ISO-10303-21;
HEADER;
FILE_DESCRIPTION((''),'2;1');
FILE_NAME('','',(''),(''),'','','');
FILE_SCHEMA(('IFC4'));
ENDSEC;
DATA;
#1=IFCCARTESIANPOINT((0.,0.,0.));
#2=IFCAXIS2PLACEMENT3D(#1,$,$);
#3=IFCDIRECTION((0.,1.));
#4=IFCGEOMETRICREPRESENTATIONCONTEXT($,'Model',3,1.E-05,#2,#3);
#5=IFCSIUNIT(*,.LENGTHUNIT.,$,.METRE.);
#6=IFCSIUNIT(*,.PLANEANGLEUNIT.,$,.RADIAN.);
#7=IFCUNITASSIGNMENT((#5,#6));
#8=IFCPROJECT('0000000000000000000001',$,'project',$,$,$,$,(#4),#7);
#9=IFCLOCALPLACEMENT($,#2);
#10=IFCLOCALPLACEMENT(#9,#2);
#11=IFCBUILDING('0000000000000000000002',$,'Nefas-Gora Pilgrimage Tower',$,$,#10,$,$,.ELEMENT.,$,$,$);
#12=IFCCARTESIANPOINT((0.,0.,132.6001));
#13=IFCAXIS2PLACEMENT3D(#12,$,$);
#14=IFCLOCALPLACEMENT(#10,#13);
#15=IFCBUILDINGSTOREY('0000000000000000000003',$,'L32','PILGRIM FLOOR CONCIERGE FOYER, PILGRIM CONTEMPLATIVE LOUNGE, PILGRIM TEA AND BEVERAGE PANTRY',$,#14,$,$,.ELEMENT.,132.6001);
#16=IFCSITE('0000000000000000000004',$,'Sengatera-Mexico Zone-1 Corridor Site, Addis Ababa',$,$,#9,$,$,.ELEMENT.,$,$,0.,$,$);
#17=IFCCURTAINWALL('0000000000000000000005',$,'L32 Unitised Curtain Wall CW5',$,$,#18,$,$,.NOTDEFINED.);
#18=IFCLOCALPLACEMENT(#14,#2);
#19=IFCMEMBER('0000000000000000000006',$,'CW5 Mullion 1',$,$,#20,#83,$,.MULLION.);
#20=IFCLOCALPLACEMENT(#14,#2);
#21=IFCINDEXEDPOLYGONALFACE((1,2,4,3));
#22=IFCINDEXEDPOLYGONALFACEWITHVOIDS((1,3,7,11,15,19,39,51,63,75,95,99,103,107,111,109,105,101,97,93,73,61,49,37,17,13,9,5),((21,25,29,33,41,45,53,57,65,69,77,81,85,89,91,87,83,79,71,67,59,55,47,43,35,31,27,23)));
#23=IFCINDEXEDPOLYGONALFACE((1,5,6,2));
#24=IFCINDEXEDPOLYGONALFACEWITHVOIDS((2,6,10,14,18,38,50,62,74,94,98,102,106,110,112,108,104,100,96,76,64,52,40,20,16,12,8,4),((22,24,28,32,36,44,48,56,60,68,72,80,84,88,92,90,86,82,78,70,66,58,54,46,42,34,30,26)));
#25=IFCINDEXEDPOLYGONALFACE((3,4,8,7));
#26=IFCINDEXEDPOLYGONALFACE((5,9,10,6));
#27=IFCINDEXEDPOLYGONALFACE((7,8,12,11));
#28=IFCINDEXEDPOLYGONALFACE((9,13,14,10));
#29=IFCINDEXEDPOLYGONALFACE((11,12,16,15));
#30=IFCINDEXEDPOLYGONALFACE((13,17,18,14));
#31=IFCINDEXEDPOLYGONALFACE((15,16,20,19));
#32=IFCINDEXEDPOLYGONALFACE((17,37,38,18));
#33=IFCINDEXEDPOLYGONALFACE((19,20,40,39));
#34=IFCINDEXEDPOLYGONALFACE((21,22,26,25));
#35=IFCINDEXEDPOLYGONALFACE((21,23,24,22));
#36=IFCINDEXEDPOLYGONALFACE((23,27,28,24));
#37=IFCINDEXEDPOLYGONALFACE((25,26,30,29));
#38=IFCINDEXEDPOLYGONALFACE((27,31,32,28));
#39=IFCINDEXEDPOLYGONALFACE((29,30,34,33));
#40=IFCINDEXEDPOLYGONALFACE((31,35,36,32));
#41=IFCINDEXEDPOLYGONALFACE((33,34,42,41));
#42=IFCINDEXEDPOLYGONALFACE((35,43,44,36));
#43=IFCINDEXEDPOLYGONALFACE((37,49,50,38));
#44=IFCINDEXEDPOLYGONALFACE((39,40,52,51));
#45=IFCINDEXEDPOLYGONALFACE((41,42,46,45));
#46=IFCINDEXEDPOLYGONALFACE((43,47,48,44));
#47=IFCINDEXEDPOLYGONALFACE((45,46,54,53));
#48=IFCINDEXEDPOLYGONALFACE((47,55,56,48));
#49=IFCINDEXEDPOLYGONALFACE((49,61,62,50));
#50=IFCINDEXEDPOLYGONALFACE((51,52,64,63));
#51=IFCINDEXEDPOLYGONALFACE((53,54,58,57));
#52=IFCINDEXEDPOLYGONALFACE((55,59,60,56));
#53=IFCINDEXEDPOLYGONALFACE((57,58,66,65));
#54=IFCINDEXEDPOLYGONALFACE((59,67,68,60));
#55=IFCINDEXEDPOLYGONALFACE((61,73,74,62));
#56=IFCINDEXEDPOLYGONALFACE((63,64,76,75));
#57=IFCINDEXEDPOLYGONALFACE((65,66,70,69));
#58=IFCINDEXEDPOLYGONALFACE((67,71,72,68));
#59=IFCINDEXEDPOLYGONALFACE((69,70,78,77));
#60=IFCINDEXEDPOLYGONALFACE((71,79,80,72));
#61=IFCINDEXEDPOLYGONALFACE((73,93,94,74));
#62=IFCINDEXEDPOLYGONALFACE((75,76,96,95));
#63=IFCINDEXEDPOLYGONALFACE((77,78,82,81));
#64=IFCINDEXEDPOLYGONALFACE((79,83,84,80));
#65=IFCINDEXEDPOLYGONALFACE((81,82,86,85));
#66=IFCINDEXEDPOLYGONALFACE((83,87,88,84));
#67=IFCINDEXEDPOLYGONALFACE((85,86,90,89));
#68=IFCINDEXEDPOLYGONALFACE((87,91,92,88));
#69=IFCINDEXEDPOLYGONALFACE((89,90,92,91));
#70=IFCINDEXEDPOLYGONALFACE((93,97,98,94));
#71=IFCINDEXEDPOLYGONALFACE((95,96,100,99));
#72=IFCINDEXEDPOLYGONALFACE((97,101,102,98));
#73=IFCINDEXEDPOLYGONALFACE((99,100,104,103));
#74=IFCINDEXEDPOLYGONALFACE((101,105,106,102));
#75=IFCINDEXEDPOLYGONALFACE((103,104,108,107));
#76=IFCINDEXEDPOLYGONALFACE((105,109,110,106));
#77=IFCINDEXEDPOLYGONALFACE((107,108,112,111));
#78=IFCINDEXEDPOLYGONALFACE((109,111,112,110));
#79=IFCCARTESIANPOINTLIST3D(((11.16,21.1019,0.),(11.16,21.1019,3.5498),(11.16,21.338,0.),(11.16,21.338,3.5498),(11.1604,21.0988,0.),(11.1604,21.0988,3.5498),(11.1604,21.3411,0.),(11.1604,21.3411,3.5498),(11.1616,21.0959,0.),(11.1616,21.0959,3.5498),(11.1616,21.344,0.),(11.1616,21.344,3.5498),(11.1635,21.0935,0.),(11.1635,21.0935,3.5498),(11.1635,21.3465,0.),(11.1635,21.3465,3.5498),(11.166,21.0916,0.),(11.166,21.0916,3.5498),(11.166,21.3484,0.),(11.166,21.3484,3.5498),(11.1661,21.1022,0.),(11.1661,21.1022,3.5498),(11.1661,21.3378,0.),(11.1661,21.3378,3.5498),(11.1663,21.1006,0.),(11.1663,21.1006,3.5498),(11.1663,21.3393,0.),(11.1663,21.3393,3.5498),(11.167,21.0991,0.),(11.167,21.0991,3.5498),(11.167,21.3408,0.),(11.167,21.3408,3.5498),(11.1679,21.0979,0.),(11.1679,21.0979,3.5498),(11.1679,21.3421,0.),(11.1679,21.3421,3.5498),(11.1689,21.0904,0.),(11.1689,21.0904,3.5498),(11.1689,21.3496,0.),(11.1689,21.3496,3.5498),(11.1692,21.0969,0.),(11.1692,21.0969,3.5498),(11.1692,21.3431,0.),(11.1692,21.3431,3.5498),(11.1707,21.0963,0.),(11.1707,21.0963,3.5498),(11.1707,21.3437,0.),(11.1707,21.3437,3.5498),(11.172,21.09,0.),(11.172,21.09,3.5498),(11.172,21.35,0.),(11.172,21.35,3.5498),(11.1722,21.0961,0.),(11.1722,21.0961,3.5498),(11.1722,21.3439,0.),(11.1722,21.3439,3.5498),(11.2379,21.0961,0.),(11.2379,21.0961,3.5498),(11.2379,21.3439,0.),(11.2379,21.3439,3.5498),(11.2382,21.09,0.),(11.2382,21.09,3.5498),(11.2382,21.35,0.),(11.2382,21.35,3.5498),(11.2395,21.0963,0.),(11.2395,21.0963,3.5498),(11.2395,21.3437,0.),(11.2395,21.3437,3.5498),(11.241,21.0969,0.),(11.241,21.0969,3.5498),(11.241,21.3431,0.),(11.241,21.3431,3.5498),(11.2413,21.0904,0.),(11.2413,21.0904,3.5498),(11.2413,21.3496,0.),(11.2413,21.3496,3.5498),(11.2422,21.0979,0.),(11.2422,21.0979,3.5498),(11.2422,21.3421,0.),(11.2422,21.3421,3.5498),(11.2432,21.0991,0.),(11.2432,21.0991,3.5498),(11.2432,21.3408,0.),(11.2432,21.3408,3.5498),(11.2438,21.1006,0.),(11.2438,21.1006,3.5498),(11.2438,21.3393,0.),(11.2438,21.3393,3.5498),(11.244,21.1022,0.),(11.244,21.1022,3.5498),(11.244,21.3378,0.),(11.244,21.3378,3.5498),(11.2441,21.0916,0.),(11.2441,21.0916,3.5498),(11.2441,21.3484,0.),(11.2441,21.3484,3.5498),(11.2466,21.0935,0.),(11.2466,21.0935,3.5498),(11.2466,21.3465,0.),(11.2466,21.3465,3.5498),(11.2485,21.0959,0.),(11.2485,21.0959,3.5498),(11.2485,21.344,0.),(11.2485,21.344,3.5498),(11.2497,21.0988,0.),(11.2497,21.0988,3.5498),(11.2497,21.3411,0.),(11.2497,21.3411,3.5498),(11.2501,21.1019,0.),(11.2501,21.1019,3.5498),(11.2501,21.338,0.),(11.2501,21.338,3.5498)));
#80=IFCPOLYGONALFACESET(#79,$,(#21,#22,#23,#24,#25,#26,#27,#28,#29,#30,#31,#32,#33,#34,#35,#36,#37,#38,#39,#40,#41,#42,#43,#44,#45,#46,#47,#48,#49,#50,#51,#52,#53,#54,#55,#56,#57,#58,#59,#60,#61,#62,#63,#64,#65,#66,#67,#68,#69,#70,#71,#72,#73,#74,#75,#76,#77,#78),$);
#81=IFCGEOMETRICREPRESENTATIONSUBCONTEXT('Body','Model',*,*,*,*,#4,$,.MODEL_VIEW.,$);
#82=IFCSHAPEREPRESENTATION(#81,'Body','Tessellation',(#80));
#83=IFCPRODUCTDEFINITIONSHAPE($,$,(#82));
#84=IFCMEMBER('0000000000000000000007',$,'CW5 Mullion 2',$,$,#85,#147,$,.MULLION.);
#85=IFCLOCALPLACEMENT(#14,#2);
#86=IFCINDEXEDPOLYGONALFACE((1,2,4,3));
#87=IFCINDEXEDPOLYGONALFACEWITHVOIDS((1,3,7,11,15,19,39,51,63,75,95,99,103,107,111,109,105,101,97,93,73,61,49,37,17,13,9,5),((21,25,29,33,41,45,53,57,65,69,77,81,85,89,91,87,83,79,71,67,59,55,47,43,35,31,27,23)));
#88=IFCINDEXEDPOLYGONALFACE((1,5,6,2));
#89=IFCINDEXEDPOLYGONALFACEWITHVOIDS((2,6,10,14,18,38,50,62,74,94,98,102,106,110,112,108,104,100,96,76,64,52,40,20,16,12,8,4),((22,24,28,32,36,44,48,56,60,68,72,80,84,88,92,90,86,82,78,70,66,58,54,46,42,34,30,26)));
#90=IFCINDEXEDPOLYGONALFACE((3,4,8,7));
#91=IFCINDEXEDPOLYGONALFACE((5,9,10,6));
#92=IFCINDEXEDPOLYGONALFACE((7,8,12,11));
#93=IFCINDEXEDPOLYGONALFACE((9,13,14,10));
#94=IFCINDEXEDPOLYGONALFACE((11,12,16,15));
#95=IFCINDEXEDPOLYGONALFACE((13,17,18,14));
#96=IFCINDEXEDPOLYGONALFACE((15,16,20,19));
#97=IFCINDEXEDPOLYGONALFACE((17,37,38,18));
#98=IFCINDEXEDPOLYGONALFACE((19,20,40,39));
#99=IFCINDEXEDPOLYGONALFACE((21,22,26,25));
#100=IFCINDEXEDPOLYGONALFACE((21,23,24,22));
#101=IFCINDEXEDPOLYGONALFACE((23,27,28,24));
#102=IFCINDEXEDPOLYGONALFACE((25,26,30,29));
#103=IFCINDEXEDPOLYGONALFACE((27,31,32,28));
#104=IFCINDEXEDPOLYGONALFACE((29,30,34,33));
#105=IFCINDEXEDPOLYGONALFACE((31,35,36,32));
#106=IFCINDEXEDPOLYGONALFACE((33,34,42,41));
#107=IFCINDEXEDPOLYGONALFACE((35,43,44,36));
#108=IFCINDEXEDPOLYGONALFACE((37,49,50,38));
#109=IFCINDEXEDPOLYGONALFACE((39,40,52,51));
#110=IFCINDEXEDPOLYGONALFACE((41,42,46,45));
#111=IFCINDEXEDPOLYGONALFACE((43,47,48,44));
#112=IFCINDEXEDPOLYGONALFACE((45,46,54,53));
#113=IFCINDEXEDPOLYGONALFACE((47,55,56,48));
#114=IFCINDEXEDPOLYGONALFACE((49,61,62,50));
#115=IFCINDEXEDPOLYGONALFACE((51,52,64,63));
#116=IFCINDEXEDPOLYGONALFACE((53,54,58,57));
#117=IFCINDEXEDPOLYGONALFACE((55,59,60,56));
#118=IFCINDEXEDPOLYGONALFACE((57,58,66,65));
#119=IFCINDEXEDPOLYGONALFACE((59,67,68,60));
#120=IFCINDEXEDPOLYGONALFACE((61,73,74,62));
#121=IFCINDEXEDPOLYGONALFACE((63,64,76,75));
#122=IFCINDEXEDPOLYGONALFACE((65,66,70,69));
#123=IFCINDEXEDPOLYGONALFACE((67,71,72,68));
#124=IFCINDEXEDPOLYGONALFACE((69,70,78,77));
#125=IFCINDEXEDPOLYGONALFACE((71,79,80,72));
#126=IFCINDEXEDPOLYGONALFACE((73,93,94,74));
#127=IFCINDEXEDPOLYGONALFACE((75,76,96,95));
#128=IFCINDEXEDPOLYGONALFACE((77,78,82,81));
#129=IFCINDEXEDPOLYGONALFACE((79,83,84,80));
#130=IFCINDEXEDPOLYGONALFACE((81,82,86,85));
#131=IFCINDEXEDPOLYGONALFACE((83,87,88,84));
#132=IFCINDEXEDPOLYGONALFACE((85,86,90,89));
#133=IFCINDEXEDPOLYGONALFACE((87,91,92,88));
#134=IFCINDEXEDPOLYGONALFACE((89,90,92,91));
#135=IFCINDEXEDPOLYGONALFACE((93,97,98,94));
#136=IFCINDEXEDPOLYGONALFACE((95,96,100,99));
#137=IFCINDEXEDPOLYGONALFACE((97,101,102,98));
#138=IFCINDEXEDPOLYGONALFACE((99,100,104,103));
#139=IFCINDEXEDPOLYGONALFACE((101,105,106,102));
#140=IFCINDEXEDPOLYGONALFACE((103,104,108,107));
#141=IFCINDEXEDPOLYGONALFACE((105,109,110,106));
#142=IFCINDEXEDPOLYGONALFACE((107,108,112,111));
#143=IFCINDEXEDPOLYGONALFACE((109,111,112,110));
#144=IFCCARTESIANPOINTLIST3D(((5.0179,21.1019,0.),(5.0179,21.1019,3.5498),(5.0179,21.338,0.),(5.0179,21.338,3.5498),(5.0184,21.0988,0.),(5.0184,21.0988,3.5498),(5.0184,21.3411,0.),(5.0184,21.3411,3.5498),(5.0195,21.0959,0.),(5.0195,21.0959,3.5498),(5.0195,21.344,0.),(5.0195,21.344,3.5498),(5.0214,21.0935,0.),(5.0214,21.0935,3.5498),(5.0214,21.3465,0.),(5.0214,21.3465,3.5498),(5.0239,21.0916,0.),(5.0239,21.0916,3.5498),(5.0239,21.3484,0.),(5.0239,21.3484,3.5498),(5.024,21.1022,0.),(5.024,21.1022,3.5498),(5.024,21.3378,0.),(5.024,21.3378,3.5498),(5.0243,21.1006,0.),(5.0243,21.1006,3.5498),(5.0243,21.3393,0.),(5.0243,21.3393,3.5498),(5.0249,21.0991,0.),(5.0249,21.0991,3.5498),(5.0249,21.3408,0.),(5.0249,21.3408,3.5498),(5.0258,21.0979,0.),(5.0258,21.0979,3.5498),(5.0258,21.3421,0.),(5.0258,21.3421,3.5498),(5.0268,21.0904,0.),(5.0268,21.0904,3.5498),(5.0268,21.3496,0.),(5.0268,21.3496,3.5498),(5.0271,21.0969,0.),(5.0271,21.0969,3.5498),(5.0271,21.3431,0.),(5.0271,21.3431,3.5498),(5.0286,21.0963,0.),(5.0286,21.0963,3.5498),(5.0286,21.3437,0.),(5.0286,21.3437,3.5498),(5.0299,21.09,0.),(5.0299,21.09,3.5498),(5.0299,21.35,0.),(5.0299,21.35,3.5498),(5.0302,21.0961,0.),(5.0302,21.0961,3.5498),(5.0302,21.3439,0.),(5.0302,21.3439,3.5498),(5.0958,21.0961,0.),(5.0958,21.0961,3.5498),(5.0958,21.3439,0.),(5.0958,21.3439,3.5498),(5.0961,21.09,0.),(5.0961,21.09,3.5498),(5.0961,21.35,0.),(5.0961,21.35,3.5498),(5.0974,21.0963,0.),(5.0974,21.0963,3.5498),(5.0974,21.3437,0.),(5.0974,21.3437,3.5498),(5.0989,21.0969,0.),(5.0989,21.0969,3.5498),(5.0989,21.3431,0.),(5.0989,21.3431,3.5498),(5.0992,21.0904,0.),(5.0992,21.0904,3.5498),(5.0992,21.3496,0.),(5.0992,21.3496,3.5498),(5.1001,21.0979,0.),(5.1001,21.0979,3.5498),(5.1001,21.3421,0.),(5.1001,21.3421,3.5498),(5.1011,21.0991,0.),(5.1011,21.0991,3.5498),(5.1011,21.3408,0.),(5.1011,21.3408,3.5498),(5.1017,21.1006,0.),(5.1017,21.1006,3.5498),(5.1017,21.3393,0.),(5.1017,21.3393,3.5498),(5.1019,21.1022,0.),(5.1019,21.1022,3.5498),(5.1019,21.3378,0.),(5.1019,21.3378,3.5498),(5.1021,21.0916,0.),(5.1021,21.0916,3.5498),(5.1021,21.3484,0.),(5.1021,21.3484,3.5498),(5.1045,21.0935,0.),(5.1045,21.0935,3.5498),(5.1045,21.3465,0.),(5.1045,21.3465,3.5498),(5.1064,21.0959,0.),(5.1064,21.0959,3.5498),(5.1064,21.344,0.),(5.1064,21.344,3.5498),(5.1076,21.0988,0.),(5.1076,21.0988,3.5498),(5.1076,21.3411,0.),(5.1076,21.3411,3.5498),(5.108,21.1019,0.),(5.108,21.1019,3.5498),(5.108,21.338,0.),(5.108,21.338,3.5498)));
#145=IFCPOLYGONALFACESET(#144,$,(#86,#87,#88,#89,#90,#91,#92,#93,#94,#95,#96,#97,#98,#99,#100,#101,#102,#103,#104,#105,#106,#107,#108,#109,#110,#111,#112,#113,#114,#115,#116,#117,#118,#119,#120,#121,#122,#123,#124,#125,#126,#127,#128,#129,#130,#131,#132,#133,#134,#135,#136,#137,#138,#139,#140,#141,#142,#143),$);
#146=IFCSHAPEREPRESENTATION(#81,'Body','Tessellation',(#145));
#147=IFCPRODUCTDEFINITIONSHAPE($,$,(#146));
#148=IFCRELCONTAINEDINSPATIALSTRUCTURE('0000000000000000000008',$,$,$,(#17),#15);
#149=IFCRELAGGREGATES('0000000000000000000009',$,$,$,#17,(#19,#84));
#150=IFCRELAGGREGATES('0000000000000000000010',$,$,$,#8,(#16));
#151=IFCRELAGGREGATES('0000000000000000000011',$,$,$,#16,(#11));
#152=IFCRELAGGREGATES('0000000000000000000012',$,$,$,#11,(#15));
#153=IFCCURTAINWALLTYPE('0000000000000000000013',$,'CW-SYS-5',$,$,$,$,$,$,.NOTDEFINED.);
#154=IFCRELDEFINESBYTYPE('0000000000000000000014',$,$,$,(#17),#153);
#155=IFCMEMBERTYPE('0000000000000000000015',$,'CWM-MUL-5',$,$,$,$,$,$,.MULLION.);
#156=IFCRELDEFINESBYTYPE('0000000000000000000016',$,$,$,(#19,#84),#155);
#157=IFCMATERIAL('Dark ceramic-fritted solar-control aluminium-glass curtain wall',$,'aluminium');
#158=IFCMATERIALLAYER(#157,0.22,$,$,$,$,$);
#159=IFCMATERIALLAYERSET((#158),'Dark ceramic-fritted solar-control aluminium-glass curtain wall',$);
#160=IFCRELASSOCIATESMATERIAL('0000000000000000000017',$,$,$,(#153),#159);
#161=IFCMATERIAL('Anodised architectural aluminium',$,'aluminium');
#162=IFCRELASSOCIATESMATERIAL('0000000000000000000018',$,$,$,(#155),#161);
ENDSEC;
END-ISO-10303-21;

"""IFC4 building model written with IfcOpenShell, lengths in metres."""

from ifc_helpers import new_model, si_unit, direction, frame, origin, origin_2d, place, context, subcontext, project, spatial, hollow_rectangle, extrude, source, transform, mapped, material, layer, layer_set, material_profile, profile_set, type_object, element, aggregate, save


model = new_model("IFC4")

# Units and contexts
model_context = context("Model", 3, precision=1e-05, world=origin(), true_north=direction((0.0, 1.0)))
body_context = subcontext(model_context, "Body", "Model", "MODEL_VIEW")
ifc_project = project(units=[si_unit("LENGTHUNIT", "METRE"), si_unit("PLANEANGLEUNIT", "RADIAN")], contexts=[model_context])

# Site, building, storey
site_placement = place(None, origin())
site = spatial("IfcSite", under=ifc_project, at=site_placement, Name="Sengatera-Mexico Zone-1 Corridor Site, Addis Ababa", CompositionType="ELEMENT", RefElevation=0.0)
building_placement = place(site_placement, origin())
building = spatial("IfcBuilding", under=site, at=building_placement, Name="Nefas-Gora Pilgrimage Tower", CompositionType="ELEMENT")
storey_placement = place(building_placement, frame((0.0, 0.0, 132.6001)))
storey = spatial("IfcBuildingStorey", under=building, at=storey_placement, Name="L32", Description="PILGRIM FLOOR CONCIERGE FOYER, PILGRIM CONTEMPLATIVE LOUNGE, PILGRIM TEA AND BEVERAGE PANTRY", CompositionType="ELEMENT", Elevation=132.6001)

# Curtain wall
ifc_material_1 = material(Name="Dark ceramic-fritted solar-control aluminium-glass curtain wall", Category="aluminium")
ifc_layer_1 = layer(ifc_material_1, 0.22)
ifc_layer_set_1 = layer_set([ifc_layer_1], Name="Dark ceramic-fritted solar-control aluminium-glass curtain wall")
curtain_wall_type_1 = type_object("IfcCurtainWallType", Name="CW-SYS-5", PredefinedType="NOTDEFINED", material=ifc_layer_set_1)
curtain_wall_1_placement = place(storey_placement, origin())
curtain_wall_1 = element("IfcCurtainWall", 1, at=curtain_wall_1_placement, inside=storey, type_object=curtain_wall_type_1, Name="L32 Unitised Curtain Wall CW5", PredefinedType="NOTDEFINED")
ifc_material_2 = material(Name="Anodised architectural aluminium", Category="aluminium")

# Members
ifc_material_profile_1 = material_profile(ifc_material_2, hollow_rectangle(XDim=0.0901, YDim=0.26, WallThickness=0.0061, InnerFilletRadius=0.0061, OuterFilletRadius=0.012, at=origin_2d()), Name="ALU MULLION 90x260")
ifc_profile_set_1 = profile_set([ifc_material_profile_1], Name="Anodised architectural aluminium")
member_type_1 = type_object("IfcMemberType", Name="CWM-MUL-5", PredefinedType="MULLION", material=ifc_profile_set_1)
shared_shape_1 = source(origin(), body_context, "Body", "SweptSolid", [
    extrude(hollow_rectangle(XDim=0.0901, YDim=0.26, WallThickness=0.0061, InnerFilletRadius=0.0061, OuterFilletRadius=0.012, at=origin_2d()), origin(), (0.0, 0.0, 1.0), 3.5498),
])
member_1_placement = place(storey_placement, frame((11.2051, 21.22, 0.0), z_axis=(0.0, 0.0, 1.0), x_axis=(-1.0, 0.0, 0.0)))
member_1 = element("IfcMember", 2, at=member_1_placement, type_object=member_type_1, Name="CW5 Mullion 1", PredefinedType="MULLION", context=body_context, shape_type="MappedRepresentation", body=[
    mapped(shared_shape_1, transform((0.0, 0.0, 0.0), x_axis=(1.0, 0.0, 0.0), y_axis=(0.0, 1.0, 0.0), z_axis=(0.0, 0.0, 1.0), scale=1.0)),
])
member_2_placement = place(storey_placement, frame((5.063, 21.22, 0.0), z_axis=(0.0, 0.0, 1.0), x_axis=(-1.0, 0.0, 0.0)))
member_2 = element("IfcMember", 3, at=member_2_placement, type_object=member_type_1, Name="CW5 Mullion 2", PredefinedType="MULLION", context=body_context, shape_type="MappedRepresentation", body=[
    mapped(shared_shape_1, transform((0.0, 0.0, 0.0), x_axis=(1.0, 0.0, 0.0), y_axis=(0.0, 1.0, 0.0), z_axis=(0.0, 0.0, 1.0), scale=1.0)),
])

aggregate(curtain_wall_1, [member_1, member_2])

save(model, "model.ifc")
